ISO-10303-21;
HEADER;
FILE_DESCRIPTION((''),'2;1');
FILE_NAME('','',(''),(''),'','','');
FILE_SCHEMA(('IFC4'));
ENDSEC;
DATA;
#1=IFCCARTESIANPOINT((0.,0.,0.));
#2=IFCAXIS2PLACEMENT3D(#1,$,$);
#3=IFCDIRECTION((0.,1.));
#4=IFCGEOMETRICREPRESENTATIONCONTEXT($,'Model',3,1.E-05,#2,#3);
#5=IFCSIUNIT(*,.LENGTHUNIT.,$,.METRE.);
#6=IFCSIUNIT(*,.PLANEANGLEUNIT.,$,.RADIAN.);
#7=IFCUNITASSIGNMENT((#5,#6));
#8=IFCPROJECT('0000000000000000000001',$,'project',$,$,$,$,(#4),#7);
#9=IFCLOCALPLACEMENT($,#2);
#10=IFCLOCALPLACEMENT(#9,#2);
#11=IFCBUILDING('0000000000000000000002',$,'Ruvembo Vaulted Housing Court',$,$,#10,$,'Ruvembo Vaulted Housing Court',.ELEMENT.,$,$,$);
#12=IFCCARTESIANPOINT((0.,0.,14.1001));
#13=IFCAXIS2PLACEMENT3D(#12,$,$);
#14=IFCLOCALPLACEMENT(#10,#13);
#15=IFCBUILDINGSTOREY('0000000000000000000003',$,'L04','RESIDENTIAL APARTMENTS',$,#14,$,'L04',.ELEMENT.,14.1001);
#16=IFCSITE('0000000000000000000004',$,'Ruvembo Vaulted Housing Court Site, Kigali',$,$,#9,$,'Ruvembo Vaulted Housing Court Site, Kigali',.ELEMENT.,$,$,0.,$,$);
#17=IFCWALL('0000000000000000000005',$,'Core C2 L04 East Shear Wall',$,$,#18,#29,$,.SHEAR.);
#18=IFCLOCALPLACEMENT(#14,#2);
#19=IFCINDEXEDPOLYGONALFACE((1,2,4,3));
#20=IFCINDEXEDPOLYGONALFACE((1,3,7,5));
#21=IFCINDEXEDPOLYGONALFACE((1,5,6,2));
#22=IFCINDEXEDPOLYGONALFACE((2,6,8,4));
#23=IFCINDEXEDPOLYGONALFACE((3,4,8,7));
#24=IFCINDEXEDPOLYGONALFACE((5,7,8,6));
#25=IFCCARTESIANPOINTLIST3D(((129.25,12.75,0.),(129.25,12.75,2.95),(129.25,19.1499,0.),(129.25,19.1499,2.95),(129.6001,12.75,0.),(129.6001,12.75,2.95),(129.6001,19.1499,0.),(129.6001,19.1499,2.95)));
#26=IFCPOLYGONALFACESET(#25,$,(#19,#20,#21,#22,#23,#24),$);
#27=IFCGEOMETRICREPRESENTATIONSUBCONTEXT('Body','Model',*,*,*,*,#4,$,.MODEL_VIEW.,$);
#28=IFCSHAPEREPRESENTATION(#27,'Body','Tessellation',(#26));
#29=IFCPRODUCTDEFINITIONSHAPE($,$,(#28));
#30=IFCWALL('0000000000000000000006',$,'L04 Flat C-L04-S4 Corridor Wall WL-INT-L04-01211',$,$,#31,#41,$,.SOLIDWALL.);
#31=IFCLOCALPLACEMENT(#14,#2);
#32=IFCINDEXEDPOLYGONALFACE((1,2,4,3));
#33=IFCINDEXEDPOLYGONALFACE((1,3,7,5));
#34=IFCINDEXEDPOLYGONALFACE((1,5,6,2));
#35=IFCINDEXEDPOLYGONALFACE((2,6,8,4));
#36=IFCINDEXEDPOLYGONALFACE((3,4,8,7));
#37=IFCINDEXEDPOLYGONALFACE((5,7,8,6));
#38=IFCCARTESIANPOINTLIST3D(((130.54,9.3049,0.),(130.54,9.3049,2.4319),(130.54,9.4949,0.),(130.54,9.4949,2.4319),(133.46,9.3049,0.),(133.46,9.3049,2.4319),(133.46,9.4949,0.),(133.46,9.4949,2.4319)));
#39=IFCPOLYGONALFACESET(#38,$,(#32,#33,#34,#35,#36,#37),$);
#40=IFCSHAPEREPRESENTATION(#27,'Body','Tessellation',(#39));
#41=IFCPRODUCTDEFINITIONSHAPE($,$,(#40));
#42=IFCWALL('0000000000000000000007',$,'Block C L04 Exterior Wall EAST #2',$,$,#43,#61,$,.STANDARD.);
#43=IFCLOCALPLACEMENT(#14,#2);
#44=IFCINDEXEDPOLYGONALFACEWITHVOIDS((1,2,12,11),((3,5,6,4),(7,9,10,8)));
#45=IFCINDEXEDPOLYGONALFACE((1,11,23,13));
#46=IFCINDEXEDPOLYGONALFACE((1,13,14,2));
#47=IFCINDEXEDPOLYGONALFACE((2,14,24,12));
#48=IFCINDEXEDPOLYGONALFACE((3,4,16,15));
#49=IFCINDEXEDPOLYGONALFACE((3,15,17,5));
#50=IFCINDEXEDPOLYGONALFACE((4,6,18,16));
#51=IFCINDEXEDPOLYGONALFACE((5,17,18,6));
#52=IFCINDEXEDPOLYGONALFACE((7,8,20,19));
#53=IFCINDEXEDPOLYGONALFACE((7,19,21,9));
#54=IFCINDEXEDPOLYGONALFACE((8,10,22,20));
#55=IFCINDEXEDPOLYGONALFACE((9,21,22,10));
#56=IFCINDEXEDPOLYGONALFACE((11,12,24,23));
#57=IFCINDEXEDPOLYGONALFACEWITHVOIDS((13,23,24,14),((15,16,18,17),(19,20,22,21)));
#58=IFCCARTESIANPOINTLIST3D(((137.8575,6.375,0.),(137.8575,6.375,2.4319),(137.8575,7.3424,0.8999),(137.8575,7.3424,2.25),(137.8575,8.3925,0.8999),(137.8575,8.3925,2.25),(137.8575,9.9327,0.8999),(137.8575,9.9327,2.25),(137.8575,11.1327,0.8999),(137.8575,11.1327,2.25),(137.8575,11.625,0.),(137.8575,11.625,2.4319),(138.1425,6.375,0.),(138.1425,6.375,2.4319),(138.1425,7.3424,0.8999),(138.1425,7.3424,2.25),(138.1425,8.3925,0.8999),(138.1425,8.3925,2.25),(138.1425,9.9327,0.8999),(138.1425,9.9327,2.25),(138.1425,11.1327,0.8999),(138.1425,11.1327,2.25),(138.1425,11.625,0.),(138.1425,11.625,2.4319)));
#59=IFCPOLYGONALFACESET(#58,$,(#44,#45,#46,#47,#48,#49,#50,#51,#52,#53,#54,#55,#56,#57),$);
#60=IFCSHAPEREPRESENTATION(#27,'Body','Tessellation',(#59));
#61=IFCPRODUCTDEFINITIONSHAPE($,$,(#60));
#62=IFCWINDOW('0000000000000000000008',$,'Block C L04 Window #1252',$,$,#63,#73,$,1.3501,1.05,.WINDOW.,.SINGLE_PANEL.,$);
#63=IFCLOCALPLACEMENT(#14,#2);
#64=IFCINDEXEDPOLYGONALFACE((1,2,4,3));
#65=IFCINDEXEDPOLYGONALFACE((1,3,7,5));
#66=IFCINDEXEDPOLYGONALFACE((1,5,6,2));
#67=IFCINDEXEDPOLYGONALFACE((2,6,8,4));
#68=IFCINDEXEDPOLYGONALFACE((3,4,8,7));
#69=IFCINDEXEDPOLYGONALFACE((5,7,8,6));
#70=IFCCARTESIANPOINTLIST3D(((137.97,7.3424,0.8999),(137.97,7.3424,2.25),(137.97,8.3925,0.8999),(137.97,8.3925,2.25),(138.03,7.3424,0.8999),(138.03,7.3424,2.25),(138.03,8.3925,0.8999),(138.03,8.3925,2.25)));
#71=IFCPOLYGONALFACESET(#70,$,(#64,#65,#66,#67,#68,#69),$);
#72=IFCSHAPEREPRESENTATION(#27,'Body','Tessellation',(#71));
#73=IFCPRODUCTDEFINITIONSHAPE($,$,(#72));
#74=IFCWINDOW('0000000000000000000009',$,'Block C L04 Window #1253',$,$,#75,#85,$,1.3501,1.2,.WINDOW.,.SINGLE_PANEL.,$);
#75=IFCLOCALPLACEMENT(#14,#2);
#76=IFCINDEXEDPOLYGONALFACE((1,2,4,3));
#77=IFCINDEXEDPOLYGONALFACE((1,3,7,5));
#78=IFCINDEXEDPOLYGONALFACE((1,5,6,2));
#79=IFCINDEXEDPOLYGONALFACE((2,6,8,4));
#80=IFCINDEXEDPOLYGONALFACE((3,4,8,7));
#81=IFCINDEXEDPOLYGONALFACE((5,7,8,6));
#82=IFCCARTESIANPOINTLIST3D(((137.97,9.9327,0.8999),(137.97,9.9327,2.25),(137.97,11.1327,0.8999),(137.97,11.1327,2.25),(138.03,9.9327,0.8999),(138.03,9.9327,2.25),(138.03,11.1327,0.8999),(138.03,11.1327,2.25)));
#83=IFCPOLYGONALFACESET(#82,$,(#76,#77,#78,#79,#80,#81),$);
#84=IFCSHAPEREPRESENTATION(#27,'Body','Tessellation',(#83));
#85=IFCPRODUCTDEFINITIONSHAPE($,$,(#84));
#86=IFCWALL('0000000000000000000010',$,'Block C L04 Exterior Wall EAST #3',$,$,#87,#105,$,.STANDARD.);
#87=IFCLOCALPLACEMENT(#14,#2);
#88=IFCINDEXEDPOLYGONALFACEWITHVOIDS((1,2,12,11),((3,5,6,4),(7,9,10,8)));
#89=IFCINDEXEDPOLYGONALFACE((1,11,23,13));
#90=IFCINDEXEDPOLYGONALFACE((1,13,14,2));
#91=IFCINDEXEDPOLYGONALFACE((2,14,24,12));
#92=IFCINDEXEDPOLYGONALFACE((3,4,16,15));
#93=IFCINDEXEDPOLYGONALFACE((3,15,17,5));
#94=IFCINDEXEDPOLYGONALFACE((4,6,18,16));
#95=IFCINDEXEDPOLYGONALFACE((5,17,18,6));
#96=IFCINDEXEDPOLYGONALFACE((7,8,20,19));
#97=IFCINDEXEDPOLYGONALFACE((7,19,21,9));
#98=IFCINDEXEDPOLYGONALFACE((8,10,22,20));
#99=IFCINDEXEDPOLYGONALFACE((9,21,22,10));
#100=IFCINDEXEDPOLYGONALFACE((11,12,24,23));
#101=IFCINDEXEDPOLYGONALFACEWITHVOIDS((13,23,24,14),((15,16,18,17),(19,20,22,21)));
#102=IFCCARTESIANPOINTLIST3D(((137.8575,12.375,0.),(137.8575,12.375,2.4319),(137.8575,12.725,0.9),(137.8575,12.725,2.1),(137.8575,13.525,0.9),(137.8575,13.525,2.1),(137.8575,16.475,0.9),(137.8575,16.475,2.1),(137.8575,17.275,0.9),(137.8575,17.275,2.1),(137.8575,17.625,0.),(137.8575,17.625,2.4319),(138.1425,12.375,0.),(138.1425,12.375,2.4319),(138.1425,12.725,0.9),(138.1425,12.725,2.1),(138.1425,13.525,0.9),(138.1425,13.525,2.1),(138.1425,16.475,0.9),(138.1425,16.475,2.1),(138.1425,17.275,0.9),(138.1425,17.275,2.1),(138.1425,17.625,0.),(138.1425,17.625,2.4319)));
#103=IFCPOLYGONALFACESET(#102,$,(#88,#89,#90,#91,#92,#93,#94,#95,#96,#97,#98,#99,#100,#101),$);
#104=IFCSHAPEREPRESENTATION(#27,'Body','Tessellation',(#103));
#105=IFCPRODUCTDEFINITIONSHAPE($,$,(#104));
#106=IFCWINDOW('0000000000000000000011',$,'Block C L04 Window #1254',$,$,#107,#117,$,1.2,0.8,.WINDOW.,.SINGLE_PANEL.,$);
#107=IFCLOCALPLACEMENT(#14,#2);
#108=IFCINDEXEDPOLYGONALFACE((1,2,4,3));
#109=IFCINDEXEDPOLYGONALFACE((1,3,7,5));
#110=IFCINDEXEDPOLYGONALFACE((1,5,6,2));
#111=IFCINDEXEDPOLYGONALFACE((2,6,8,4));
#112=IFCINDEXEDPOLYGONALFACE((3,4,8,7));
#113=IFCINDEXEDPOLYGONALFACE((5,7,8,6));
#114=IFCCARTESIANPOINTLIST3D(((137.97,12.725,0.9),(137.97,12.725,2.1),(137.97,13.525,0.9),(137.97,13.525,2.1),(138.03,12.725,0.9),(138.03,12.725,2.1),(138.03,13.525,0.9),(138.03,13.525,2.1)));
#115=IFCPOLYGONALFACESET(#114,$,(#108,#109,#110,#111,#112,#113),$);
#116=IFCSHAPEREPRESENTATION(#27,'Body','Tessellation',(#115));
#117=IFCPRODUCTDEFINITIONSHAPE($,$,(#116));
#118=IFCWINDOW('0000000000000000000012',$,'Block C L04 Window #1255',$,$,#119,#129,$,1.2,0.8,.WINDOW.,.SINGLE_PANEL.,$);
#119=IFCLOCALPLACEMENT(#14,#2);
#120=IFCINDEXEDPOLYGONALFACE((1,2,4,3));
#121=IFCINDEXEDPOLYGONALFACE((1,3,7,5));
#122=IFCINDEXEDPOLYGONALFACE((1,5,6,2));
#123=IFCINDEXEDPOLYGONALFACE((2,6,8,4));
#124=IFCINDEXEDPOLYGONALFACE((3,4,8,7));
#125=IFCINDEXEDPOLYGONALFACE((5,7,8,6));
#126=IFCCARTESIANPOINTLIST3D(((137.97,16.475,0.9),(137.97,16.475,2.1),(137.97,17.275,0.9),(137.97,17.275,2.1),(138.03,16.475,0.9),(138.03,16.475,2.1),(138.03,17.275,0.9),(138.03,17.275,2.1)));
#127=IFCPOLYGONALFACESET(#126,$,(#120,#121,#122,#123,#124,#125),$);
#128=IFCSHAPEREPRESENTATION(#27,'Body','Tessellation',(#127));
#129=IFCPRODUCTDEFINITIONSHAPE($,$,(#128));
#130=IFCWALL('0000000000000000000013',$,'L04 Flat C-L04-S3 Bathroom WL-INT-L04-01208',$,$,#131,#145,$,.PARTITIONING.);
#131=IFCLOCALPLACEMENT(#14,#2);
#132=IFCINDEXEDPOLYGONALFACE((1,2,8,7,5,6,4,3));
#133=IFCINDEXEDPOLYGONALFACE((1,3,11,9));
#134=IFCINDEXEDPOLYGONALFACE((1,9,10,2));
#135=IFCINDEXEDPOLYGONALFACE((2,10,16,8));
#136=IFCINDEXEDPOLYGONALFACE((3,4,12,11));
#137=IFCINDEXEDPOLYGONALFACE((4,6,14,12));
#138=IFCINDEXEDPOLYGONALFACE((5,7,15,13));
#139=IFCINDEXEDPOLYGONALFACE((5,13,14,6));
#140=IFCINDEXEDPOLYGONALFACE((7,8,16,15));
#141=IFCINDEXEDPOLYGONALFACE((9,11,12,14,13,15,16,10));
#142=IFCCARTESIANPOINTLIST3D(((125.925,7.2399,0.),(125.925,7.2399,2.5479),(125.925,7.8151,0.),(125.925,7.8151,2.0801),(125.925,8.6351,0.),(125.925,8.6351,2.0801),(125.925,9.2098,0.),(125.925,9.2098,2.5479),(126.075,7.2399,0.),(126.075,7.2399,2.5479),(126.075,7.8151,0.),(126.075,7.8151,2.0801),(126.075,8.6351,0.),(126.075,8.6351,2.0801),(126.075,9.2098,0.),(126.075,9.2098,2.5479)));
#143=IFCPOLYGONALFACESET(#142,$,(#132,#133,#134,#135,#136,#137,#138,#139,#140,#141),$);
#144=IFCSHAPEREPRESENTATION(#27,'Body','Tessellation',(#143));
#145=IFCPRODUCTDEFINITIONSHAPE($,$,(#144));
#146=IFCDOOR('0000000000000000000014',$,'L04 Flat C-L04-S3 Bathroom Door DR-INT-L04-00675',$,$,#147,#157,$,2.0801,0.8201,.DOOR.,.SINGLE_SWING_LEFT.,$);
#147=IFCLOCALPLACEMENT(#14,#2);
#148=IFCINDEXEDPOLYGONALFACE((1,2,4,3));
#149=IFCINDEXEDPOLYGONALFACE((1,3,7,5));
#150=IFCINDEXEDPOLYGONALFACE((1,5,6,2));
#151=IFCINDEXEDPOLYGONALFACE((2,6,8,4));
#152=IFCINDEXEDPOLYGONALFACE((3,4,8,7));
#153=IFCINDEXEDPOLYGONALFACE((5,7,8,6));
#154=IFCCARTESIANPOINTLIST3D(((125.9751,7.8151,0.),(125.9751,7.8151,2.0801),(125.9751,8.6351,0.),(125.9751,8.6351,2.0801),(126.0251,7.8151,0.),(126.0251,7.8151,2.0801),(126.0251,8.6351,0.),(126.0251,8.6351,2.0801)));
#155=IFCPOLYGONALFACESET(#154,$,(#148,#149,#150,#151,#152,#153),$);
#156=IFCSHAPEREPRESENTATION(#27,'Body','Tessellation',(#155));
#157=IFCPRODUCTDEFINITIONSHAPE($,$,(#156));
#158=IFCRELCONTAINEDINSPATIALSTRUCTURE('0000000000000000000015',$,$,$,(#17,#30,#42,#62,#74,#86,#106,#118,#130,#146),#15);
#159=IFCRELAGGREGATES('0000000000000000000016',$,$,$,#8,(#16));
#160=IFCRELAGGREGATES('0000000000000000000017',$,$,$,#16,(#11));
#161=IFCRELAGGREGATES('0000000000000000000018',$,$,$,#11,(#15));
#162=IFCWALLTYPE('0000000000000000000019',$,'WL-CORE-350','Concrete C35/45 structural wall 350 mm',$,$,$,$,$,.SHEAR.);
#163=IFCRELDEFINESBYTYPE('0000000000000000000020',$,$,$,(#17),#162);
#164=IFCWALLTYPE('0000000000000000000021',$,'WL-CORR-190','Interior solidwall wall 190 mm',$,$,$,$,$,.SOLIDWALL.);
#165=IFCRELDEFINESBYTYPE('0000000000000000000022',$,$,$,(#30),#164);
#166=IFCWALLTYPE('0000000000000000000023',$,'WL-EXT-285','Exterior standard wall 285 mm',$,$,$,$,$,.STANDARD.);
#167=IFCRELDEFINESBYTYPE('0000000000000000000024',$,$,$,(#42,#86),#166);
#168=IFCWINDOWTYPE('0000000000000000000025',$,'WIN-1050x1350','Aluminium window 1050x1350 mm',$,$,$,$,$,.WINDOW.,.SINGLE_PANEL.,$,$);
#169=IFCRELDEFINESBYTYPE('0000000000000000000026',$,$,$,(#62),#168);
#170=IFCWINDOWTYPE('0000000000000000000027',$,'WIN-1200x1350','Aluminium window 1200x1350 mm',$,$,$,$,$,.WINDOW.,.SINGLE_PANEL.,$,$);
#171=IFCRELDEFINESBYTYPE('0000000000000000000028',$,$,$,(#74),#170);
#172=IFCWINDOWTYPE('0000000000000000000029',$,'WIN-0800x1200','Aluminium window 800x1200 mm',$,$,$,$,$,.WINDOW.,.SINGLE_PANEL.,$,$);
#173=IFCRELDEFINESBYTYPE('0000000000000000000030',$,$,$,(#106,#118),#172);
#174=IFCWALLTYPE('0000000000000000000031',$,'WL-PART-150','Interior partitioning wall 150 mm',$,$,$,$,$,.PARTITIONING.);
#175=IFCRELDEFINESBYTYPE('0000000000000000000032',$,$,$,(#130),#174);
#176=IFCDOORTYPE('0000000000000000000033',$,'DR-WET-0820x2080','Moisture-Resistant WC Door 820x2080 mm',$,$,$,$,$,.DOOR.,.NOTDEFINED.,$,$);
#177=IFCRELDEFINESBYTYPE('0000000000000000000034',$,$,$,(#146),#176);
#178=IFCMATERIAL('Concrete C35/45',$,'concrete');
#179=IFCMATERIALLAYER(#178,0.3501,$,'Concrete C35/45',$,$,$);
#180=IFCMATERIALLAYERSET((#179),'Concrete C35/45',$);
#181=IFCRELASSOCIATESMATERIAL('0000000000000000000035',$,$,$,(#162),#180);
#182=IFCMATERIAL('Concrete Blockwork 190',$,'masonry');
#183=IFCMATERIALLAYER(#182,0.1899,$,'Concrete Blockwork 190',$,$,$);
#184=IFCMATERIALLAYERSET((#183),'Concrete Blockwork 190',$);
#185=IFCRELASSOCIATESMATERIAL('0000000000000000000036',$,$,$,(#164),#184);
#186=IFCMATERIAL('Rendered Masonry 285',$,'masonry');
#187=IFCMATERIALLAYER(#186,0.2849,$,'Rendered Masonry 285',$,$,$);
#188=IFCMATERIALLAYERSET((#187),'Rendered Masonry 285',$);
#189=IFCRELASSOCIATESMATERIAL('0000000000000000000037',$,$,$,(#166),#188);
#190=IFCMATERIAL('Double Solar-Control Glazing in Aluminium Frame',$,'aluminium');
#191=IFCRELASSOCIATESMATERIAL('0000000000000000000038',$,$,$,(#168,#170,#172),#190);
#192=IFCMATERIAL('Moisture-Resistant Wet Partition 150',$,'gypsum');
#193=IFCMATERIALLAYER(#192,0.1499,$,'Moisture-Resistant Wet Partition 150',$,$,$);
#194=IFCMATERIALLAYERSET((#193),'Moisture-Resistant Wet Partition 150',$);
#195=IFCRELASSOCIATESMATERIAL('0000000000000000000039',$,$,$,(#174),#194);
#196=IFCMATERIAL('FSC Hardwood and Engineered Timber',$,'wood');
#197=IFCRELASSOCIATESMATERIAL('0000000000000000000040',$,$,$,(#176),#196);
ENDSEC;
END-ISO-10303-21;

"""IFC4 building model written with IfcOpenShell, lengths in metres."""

from ifc_helpers import new_model, si_unit, direction, frame, frame_2d, origin, place, context, subcontext, project, spatial, rectangle, extrude, material, layer, layer_set, type_object, element, fill, save


model = new_model("IFC4")

# Units and contexts
model_context = context("Model", 3, precision=1e-05, world=origin(), true_north=direction((0.0, 1.0)))
body_context = subcontext(model_context, "Body", "Model", "MODEL_VIEW")
ifc_project = project(units=[si_unit("LENGTHUNIT", "METRE"), si_unit("PLANEANGLEUNIT", "RADIAN")], contexts=[model_context])

# Site, building, storey
site_placement = place(None, origin())
site = spatial("IfcSite", under=ifc_project, at=site_placement, Name="Ruvembo Vaulted Housing Court Site, Kigali", LongName="Ruvembo Vaulted Housing Court Site, Kigali", CompositionType="ELEMENT", RefElevation=0.0)
building_placement = place(site_placement, origin())
building = spatial("IfcBuilding", under=site, at=building_placement, Name="Ruvembo Vaulted Housing Court", LongName="Ruvembo Vaulted Housing Court", CompositionType="ELEMENT")
storey_placement = place(building_placement, frame((0.0, 0.0, 14.1001)))
storey = spatial("IfcBuildingStorey", under=building, at=storey_placement, Name="L04", Description="RESIDENTIAL APARTMENTS", LongName="L04", CompositionType="ELEMENT", Elevation=14.1001)

# Shared definitions
ifc_material_1 = material(Name="Concrete C35/45", Category="concrete")

# Wall
ifc_layer_1 = layer(ifc_material_1, 0.3501, Name="Concrete C35/45")
ifc_layer_set_1 = layer_set([ifc_layer_1], Name="Concrete C35/45")
wall_type_1 = type_object("IfcWallType", Name="WL-CORE-350", Description="Concrete C35/45 structural wall 350 mm", PredefinedType="SHEAR", material=ifc_layer_set_1)
wall_1_placement = place(storey_placement, frame((129.425, 12.75, 0.0), z_axis=(0.0, 0.0, 1.0), x_axis=(0.0, 1.0, 0.0)))
element("IfcWall", 1, at=wall_1_placement, inside=storey, type_object=wall_type_1, Name="Core C2 L04 East Shear Wall", PredefinedType="SHEAR", context=body_context, shape_type="SweptSolid", body=[
    extrude(rectangle(XDim=6.3999, YDim=0.3501, at=frame_2d((3.2, 0.0))), origin(), (0.0, 0.0, 1.0), 2.95),
])

# Shared definitions
ifc_material_2 = material(Name="Concrete Blockwork 190", Category="masonry")
ifc_layer_2 = layer(ifc_material_2, 0.1899, Name="Concrete Blockwork 190")
ifc_layer_set_2 = layer_set([ifc_layer_2], Name="Concrete Blockwork 190")
wall_type_2 = type_object("IfcWallType", Name="WL-CORR-190", Description="Interior solidwall wall 190 mm", PredefinedType="SOLIDWALL", material=ifc_layer_set_2)
ifc_material_3 = material(Name="FSC Hardwood and Engineered Timber", Category="wood")

# Wall
wall_2_placement = place(storey_placement, frame((130.54, 9.3999, 0.0), z_axis=(0.0, 0.0, 1.0), x_axis=(1.0, 0.0, 0.0)))
element("IfcWall", 2, at=wall_2_placement, inside=storey, type_object=wall_type_2, Name="L04 Flat C-L04-S4 Corridor Wall WL-INT-L04-01211", PredefinedType="SOLIDWALL", context=body_context, shape_type="SweptSolid", body=[
    extrude(rectangle(XDim=2.9199, YDim=0.1899, at=frame_2d((1.46, 0.0))), origin(), (0.0, 0.0, 1.0), 2.4319),
])

# Walls, openings, windows
ifc_material_4 = material(Name="Rendered Masonry 285", Category="masonry")
ifc_layer_3 = layer(ifc_material_4, 0.2849, Name="Rendered Masonry 285")
ifc_layer_set_3 = layer_set([ifc_layer_3], Name="Rendered Masonry 285")
wall_type_3 = type_object("IfcWallType", Name="WL-EXT-285", Description="Exterior standard wall 285 mm", PredefinedType="STANDARD", material=ifc_layer_set_3)
wall_3_placement = place(storey_placement, frame((138.0, 6.375, 0.0), z_axis=(0.0, 0.0, 1.0), x_axis=(0.0, 1.0, 0.0)))
wall_3 = element("IfcWall", 3, at=wall_3_placement, inside=storey, type_object=wall_type_3, Name="Block C L04 Exterior Wall EAST #2", PredefinedType="STANDARD", context=body_context, shape_type="SweptSolid", body=[
    extrude(rectangle(XDim=5.25, YDim=0.2849, at=frame_2d((2.625, 0.0))), origin(), (0.0, 0.0, 1.0), 2.4319),
])
opening_1_placement = place(wall_3_placement, frame((0.9675, 0.0, 0.8999)))
opening_1 = element("IfcOpeningElement", 4, at=opening_1_placement, cuts=wall_3, PredefinedType="OPENING", context=body_context, shape_type="SweptSolid", body=[
    extrude(rectangle(XDim=1.05, YDim=1.3501, at=frame_2d((0.5249, 0.675))), frame((0.0, 0.1523, 0.0), z_axis=(0.0, -1.0, 0.0), x_axis=(1.0, 0.0, 0.0)), (0.0, 0.0, 1.0), 0.3049),
])
opening_2_placement = place(wall_3_placement, frame((3.5576, 0.0, 0.8999)))
opening_2 = element("IfcOpeningElement", 5, at=opening_2_placement, cuts=wall_3, PredefinedType="OPENING", context=body_context, shape_type="SweptSolid", body=[
    extrude(rectangle(XDim=1.2, YDim=1.3501, at=frame_2d((0.6001, 0.675))), frame((0.0, 0.1523, 0.0), z_axis=(0.0, -1.0, 0.0), x_axis=(1.0, 0.0, 0.0)), (0.0, 0.0, 1.0), 0.3049),
])
ifc_material_5 = material(Name="Double Solar-Control Glazing in Aluminium Frame", Category="aluminium")
window_type_1 = type_object("IfcWindowType", Name="WIN-1050x1350", Description="Aluminium window 1050x1350 mm", PartitioningType="SINGLE_PANEL", PredefinedType="WINDOW", material=ifc_material_5)
window_1_placement = place(opening_1_placement, origin())
window_1 = element("IfcWindow", 6, at=window_1_placement, inside=storey, type_object=window_type_1, Name="Block C L04 Window #1252", OverallHeight=1.3501, OverallWidth=1.05, PartitioningType="SINGLE_PANEL", PredefinedType="WINDOW", context=body_context, shape_type="SweptSolid", body=[
    extrude(rectangle(XDim=1.05, YDim=1.3501, at=frame_2d((0.5249, 0.675))), frame((0.0, 0.03, 0.0), z_axis=(0.0, -1.0, 0.0), x_axis=(1.0, 0.0, 0.0)), (0.0, 0.0, 1.0), 0.0601),
])
fill(opening_1, window_1)
window_type_2 = type_object("IfcWindowType", Name="WIN-1200x1350", Description="Aluminium window 1200x1350 mm", PartitioningType="SINGLE_PANEL", PredefinedType="WINDOW", material=ifc_material_5)
window_2_placement = place(opening_2_placement, origin())
window_2 = element("IfcWindow", 7, at=window_2_placement, inside=storey, type_object=window_type_2, Name="Block C L04 Window #1253", OverallHeight=1.3501, OverallWidth=1.2, PartitioningType="SINGLE_PANEL", PredefinedType="WINDOW", context=body_context, shape_type="SweptSolid", body=[
    extrude(rectangle(XDim=1.2, YDim=1.3501, at=frame_2d((0.6001, 0.675))), frame((0.0, 0.03, 0.0), z_axis=(0.0, -1.0, 0.0), x_axis=(1.0, 0.0, 0.0)), (0.0, 0.0, 1.0), 0.0601),
])
fill(opening_2, window_2)
wall_4_placement = place(storey_placement, frame((138.0, 12.375, 0.0), z_axis=(0.0, 0.0, 1.0), x_axis=(0.0, 1.0, 0.0)))
wall_4 = element("IfcWall", 8, at=wall_4_placement, inside=storey, type_object=wall_type_3, Name="Block C L04 Exterior Wall EAST #3", PredefinedType="STANDARD", context=body_context, shape_type="SweptSolid", body=[
    extrude(rectangle(XDim=5.25, YDim=0.2849, at=frame_2d((2.625, 0.0))), origin(), (0.0, 0.0, 1.0), 2.4319),
])
opening_3_placement = place(wall_4_placement, frame((0.3501, 0.0, 0.8999)))
opening_3 = element("IfcOpeningElement", 9, at=opening_3_placement, cuts=wall_4, PredefinedType="OPENING", context=body_context, shape_type="SweptSolid", body=[
    extrude(rectangle(XDim=0.8, YDim=1.2, at=frame_2d((0.3999, 0.6001))), frame((0.0, 0.1523, 0.0), z_axis=(0.0, -1.0, 0.0), x_axis=(1.0, 0.0, 0.0)), (0.0, 0.0, 1.0), 0.3049),
])
opening_4_placement = place(wall_4_placement, frame((4.1001, 0.0, 0.8999)))
opening_4 = element("IfcOpeningElement", 10, at=opening_4_placement, cuts=wall_4, PredefinedType="OPENING", context=body_context, shape_type="SweptSolid", body=[
    extrude(rectangle(XDim=0.8, YDim=1.2, at=frame_2d((0.3999, 0.6001))), frame((0.0, 0.1523, 0.0), z_axis=(0.0, -1.0, 0.0), x_axis=(1.0, 0.0, 0.0)), (0.0, 0.0, 1.0), 0.3049),
])
window_type_3 = type_object("IfcWindowType", Name="WIN-0800x1200", Description="Aluminium window 800x1200 mm", PartitioningType="SINGLE_PANEL", PredefinedType="WINDOW", material=ifc_material_5)
window_3_placement = place(opening_3_placement, origin())
window_3 = element("IfcWindow", 11, at=window_3_placement, inside=storey, type_object=window_type_3, Name="Block C L04 Window #1254", OverallHeight=1.2, OverallWidth=0.8, PartitioningType="SINGLE_PANEL", PredefinedType="WINDOW", context=body_context, shape_type="SweptSolid", body=[
    extrude(rectangle(XDim=0.8, YDim=1.2, at=frame_2d((0.3999, 0.6001))), frame((0.0, 0.03, 0.0), z_axis=(0.0, -1.0, 0.0), x_axis=(1.0, 0.0, 0.0)), (0.0, 0.0, 1.0), 0.0601),
])
fill(opening_3, window_3)
window_4_placement = place(opening_4_placement, origin())
window_4 = element("IfcWindow", 12, at=window_4_placement, inside=storey, type_object=window_type_3, Name="Block C L04 Window #1255", OverallHeight=1.2, OverallWidth=0.8, PartitioningType="SINGLE_PANEL", PredefinedType="WINDOW", context=body_context, shape_type="SweptSolid", body=[
    extrude(rectangle(XDim=0.8, YDim=1.2, at=frame_2d((0.3999, 0.6001))), frame((0.0, 0.03, 0.0), z_axis=(0.0, -1.0, 0.0), x_axis=(1.0, 0.0, 0.0)), (0.0, 0.0, 1.0), 0.0601),
])
fill(opening_4, window_4)

# Wall, opening, door
ifc_material_6 = material(Name="Moisture-Resistant Wet Partition 150", Category="gypsum")
ifc_layer_4 = layer(ifc_material_6, 0.1499, Name="Moisture-Resistant Wet Partition 150")
ifc_layer_set_4 = layer_set([ifc_layer_4], Name="Moisture-Resistant Wet Partition 150")
wall_type_4 = type_object("IfcWallType", Name="WL-PART-150", Description="Interior partitioning wall 150 mm", PredefinedType="PARTITIONING", material=ifc_layer_set_4)
wall_5_placement = place(storey_placement, frame((126.0, 7.24, 0.0), z_axis=(0.0, 0.0, 1.0), x_axis=(0.0, 1.0, 0.0)))
wall_5 = element("IfcWall", 13, at=wall_5_placement, inside=storey, type_object=wall_type_4, Name="L04 Flat C-L04-S3 Bathroom WL-INT-L04-01208", PredefinedType="PARTITIONING", context=body_context, shape_type="SweptSolid", body=[
    extrude(rectangle(XDim=1.97, YDim=0.1499, at=frame_2d((0.9849, 0.0))), origin(), (0.0, 0.0, 1.0), 2.5479),
])
opening_5_placement = place(wall_5_placement, frame((0.575, 0.0, 0.0)))
opening_5 = element("IfcOpeningElement", 14, at=opening_5_placement, cuts=wall_5, PredefinedType="OPENING", context=body_context, shape_type="SweptSolid", body=[
    extrude(rectangle(XDim=0.8201, YDim=2.0801, at=frame_2d((0.4102, 1.04))), frame((0.0, 0.085, 0.0), z_axis=(0.0, -1.0, 0.0), x_axis=(1.0, 0.0, 0.0)), (0.0, 0.0, 1.0), 0.1699),
])
door_type_1 = type_object("IfcDoorType", Name="DR-WET-0820x2080", Description="Moisture-Resistant WC Door 820x2080 mm", OperationType="NOTDEFINED", PredefinedType="DOOR", material=ifc_material_3)
door_1_placement = place(opening_5_placement, origin())
door_1 = element("IfcDoor", 15, at=door_1_placement, inside=storey, type_object=door_type_1, Name="L04 Flat C-L04-S3 Bathroom Door DR-INT-L04-00675", OperationType="SINGLE_SWING_LEFT", OverallHeight=2.0801, OverallWidth=0.8201, PredefinedType="DOOR", context=body_context, shape_type="SweptSolid", body=[
    extrude(rectangle(XDim=0.8201, YDim=2.0801, at=frame_2d((0.4102, 1.04))), frame((0.0, 0.0249, 0.0), z_axis=(0.0, -1.0, 0.0), x_axis=(1.0, 0.0, 0.0)), (0.0, 0.0, 1.0), 0.05),
])
fill(opening_5, door_1)

save(model, "model.ifc")
